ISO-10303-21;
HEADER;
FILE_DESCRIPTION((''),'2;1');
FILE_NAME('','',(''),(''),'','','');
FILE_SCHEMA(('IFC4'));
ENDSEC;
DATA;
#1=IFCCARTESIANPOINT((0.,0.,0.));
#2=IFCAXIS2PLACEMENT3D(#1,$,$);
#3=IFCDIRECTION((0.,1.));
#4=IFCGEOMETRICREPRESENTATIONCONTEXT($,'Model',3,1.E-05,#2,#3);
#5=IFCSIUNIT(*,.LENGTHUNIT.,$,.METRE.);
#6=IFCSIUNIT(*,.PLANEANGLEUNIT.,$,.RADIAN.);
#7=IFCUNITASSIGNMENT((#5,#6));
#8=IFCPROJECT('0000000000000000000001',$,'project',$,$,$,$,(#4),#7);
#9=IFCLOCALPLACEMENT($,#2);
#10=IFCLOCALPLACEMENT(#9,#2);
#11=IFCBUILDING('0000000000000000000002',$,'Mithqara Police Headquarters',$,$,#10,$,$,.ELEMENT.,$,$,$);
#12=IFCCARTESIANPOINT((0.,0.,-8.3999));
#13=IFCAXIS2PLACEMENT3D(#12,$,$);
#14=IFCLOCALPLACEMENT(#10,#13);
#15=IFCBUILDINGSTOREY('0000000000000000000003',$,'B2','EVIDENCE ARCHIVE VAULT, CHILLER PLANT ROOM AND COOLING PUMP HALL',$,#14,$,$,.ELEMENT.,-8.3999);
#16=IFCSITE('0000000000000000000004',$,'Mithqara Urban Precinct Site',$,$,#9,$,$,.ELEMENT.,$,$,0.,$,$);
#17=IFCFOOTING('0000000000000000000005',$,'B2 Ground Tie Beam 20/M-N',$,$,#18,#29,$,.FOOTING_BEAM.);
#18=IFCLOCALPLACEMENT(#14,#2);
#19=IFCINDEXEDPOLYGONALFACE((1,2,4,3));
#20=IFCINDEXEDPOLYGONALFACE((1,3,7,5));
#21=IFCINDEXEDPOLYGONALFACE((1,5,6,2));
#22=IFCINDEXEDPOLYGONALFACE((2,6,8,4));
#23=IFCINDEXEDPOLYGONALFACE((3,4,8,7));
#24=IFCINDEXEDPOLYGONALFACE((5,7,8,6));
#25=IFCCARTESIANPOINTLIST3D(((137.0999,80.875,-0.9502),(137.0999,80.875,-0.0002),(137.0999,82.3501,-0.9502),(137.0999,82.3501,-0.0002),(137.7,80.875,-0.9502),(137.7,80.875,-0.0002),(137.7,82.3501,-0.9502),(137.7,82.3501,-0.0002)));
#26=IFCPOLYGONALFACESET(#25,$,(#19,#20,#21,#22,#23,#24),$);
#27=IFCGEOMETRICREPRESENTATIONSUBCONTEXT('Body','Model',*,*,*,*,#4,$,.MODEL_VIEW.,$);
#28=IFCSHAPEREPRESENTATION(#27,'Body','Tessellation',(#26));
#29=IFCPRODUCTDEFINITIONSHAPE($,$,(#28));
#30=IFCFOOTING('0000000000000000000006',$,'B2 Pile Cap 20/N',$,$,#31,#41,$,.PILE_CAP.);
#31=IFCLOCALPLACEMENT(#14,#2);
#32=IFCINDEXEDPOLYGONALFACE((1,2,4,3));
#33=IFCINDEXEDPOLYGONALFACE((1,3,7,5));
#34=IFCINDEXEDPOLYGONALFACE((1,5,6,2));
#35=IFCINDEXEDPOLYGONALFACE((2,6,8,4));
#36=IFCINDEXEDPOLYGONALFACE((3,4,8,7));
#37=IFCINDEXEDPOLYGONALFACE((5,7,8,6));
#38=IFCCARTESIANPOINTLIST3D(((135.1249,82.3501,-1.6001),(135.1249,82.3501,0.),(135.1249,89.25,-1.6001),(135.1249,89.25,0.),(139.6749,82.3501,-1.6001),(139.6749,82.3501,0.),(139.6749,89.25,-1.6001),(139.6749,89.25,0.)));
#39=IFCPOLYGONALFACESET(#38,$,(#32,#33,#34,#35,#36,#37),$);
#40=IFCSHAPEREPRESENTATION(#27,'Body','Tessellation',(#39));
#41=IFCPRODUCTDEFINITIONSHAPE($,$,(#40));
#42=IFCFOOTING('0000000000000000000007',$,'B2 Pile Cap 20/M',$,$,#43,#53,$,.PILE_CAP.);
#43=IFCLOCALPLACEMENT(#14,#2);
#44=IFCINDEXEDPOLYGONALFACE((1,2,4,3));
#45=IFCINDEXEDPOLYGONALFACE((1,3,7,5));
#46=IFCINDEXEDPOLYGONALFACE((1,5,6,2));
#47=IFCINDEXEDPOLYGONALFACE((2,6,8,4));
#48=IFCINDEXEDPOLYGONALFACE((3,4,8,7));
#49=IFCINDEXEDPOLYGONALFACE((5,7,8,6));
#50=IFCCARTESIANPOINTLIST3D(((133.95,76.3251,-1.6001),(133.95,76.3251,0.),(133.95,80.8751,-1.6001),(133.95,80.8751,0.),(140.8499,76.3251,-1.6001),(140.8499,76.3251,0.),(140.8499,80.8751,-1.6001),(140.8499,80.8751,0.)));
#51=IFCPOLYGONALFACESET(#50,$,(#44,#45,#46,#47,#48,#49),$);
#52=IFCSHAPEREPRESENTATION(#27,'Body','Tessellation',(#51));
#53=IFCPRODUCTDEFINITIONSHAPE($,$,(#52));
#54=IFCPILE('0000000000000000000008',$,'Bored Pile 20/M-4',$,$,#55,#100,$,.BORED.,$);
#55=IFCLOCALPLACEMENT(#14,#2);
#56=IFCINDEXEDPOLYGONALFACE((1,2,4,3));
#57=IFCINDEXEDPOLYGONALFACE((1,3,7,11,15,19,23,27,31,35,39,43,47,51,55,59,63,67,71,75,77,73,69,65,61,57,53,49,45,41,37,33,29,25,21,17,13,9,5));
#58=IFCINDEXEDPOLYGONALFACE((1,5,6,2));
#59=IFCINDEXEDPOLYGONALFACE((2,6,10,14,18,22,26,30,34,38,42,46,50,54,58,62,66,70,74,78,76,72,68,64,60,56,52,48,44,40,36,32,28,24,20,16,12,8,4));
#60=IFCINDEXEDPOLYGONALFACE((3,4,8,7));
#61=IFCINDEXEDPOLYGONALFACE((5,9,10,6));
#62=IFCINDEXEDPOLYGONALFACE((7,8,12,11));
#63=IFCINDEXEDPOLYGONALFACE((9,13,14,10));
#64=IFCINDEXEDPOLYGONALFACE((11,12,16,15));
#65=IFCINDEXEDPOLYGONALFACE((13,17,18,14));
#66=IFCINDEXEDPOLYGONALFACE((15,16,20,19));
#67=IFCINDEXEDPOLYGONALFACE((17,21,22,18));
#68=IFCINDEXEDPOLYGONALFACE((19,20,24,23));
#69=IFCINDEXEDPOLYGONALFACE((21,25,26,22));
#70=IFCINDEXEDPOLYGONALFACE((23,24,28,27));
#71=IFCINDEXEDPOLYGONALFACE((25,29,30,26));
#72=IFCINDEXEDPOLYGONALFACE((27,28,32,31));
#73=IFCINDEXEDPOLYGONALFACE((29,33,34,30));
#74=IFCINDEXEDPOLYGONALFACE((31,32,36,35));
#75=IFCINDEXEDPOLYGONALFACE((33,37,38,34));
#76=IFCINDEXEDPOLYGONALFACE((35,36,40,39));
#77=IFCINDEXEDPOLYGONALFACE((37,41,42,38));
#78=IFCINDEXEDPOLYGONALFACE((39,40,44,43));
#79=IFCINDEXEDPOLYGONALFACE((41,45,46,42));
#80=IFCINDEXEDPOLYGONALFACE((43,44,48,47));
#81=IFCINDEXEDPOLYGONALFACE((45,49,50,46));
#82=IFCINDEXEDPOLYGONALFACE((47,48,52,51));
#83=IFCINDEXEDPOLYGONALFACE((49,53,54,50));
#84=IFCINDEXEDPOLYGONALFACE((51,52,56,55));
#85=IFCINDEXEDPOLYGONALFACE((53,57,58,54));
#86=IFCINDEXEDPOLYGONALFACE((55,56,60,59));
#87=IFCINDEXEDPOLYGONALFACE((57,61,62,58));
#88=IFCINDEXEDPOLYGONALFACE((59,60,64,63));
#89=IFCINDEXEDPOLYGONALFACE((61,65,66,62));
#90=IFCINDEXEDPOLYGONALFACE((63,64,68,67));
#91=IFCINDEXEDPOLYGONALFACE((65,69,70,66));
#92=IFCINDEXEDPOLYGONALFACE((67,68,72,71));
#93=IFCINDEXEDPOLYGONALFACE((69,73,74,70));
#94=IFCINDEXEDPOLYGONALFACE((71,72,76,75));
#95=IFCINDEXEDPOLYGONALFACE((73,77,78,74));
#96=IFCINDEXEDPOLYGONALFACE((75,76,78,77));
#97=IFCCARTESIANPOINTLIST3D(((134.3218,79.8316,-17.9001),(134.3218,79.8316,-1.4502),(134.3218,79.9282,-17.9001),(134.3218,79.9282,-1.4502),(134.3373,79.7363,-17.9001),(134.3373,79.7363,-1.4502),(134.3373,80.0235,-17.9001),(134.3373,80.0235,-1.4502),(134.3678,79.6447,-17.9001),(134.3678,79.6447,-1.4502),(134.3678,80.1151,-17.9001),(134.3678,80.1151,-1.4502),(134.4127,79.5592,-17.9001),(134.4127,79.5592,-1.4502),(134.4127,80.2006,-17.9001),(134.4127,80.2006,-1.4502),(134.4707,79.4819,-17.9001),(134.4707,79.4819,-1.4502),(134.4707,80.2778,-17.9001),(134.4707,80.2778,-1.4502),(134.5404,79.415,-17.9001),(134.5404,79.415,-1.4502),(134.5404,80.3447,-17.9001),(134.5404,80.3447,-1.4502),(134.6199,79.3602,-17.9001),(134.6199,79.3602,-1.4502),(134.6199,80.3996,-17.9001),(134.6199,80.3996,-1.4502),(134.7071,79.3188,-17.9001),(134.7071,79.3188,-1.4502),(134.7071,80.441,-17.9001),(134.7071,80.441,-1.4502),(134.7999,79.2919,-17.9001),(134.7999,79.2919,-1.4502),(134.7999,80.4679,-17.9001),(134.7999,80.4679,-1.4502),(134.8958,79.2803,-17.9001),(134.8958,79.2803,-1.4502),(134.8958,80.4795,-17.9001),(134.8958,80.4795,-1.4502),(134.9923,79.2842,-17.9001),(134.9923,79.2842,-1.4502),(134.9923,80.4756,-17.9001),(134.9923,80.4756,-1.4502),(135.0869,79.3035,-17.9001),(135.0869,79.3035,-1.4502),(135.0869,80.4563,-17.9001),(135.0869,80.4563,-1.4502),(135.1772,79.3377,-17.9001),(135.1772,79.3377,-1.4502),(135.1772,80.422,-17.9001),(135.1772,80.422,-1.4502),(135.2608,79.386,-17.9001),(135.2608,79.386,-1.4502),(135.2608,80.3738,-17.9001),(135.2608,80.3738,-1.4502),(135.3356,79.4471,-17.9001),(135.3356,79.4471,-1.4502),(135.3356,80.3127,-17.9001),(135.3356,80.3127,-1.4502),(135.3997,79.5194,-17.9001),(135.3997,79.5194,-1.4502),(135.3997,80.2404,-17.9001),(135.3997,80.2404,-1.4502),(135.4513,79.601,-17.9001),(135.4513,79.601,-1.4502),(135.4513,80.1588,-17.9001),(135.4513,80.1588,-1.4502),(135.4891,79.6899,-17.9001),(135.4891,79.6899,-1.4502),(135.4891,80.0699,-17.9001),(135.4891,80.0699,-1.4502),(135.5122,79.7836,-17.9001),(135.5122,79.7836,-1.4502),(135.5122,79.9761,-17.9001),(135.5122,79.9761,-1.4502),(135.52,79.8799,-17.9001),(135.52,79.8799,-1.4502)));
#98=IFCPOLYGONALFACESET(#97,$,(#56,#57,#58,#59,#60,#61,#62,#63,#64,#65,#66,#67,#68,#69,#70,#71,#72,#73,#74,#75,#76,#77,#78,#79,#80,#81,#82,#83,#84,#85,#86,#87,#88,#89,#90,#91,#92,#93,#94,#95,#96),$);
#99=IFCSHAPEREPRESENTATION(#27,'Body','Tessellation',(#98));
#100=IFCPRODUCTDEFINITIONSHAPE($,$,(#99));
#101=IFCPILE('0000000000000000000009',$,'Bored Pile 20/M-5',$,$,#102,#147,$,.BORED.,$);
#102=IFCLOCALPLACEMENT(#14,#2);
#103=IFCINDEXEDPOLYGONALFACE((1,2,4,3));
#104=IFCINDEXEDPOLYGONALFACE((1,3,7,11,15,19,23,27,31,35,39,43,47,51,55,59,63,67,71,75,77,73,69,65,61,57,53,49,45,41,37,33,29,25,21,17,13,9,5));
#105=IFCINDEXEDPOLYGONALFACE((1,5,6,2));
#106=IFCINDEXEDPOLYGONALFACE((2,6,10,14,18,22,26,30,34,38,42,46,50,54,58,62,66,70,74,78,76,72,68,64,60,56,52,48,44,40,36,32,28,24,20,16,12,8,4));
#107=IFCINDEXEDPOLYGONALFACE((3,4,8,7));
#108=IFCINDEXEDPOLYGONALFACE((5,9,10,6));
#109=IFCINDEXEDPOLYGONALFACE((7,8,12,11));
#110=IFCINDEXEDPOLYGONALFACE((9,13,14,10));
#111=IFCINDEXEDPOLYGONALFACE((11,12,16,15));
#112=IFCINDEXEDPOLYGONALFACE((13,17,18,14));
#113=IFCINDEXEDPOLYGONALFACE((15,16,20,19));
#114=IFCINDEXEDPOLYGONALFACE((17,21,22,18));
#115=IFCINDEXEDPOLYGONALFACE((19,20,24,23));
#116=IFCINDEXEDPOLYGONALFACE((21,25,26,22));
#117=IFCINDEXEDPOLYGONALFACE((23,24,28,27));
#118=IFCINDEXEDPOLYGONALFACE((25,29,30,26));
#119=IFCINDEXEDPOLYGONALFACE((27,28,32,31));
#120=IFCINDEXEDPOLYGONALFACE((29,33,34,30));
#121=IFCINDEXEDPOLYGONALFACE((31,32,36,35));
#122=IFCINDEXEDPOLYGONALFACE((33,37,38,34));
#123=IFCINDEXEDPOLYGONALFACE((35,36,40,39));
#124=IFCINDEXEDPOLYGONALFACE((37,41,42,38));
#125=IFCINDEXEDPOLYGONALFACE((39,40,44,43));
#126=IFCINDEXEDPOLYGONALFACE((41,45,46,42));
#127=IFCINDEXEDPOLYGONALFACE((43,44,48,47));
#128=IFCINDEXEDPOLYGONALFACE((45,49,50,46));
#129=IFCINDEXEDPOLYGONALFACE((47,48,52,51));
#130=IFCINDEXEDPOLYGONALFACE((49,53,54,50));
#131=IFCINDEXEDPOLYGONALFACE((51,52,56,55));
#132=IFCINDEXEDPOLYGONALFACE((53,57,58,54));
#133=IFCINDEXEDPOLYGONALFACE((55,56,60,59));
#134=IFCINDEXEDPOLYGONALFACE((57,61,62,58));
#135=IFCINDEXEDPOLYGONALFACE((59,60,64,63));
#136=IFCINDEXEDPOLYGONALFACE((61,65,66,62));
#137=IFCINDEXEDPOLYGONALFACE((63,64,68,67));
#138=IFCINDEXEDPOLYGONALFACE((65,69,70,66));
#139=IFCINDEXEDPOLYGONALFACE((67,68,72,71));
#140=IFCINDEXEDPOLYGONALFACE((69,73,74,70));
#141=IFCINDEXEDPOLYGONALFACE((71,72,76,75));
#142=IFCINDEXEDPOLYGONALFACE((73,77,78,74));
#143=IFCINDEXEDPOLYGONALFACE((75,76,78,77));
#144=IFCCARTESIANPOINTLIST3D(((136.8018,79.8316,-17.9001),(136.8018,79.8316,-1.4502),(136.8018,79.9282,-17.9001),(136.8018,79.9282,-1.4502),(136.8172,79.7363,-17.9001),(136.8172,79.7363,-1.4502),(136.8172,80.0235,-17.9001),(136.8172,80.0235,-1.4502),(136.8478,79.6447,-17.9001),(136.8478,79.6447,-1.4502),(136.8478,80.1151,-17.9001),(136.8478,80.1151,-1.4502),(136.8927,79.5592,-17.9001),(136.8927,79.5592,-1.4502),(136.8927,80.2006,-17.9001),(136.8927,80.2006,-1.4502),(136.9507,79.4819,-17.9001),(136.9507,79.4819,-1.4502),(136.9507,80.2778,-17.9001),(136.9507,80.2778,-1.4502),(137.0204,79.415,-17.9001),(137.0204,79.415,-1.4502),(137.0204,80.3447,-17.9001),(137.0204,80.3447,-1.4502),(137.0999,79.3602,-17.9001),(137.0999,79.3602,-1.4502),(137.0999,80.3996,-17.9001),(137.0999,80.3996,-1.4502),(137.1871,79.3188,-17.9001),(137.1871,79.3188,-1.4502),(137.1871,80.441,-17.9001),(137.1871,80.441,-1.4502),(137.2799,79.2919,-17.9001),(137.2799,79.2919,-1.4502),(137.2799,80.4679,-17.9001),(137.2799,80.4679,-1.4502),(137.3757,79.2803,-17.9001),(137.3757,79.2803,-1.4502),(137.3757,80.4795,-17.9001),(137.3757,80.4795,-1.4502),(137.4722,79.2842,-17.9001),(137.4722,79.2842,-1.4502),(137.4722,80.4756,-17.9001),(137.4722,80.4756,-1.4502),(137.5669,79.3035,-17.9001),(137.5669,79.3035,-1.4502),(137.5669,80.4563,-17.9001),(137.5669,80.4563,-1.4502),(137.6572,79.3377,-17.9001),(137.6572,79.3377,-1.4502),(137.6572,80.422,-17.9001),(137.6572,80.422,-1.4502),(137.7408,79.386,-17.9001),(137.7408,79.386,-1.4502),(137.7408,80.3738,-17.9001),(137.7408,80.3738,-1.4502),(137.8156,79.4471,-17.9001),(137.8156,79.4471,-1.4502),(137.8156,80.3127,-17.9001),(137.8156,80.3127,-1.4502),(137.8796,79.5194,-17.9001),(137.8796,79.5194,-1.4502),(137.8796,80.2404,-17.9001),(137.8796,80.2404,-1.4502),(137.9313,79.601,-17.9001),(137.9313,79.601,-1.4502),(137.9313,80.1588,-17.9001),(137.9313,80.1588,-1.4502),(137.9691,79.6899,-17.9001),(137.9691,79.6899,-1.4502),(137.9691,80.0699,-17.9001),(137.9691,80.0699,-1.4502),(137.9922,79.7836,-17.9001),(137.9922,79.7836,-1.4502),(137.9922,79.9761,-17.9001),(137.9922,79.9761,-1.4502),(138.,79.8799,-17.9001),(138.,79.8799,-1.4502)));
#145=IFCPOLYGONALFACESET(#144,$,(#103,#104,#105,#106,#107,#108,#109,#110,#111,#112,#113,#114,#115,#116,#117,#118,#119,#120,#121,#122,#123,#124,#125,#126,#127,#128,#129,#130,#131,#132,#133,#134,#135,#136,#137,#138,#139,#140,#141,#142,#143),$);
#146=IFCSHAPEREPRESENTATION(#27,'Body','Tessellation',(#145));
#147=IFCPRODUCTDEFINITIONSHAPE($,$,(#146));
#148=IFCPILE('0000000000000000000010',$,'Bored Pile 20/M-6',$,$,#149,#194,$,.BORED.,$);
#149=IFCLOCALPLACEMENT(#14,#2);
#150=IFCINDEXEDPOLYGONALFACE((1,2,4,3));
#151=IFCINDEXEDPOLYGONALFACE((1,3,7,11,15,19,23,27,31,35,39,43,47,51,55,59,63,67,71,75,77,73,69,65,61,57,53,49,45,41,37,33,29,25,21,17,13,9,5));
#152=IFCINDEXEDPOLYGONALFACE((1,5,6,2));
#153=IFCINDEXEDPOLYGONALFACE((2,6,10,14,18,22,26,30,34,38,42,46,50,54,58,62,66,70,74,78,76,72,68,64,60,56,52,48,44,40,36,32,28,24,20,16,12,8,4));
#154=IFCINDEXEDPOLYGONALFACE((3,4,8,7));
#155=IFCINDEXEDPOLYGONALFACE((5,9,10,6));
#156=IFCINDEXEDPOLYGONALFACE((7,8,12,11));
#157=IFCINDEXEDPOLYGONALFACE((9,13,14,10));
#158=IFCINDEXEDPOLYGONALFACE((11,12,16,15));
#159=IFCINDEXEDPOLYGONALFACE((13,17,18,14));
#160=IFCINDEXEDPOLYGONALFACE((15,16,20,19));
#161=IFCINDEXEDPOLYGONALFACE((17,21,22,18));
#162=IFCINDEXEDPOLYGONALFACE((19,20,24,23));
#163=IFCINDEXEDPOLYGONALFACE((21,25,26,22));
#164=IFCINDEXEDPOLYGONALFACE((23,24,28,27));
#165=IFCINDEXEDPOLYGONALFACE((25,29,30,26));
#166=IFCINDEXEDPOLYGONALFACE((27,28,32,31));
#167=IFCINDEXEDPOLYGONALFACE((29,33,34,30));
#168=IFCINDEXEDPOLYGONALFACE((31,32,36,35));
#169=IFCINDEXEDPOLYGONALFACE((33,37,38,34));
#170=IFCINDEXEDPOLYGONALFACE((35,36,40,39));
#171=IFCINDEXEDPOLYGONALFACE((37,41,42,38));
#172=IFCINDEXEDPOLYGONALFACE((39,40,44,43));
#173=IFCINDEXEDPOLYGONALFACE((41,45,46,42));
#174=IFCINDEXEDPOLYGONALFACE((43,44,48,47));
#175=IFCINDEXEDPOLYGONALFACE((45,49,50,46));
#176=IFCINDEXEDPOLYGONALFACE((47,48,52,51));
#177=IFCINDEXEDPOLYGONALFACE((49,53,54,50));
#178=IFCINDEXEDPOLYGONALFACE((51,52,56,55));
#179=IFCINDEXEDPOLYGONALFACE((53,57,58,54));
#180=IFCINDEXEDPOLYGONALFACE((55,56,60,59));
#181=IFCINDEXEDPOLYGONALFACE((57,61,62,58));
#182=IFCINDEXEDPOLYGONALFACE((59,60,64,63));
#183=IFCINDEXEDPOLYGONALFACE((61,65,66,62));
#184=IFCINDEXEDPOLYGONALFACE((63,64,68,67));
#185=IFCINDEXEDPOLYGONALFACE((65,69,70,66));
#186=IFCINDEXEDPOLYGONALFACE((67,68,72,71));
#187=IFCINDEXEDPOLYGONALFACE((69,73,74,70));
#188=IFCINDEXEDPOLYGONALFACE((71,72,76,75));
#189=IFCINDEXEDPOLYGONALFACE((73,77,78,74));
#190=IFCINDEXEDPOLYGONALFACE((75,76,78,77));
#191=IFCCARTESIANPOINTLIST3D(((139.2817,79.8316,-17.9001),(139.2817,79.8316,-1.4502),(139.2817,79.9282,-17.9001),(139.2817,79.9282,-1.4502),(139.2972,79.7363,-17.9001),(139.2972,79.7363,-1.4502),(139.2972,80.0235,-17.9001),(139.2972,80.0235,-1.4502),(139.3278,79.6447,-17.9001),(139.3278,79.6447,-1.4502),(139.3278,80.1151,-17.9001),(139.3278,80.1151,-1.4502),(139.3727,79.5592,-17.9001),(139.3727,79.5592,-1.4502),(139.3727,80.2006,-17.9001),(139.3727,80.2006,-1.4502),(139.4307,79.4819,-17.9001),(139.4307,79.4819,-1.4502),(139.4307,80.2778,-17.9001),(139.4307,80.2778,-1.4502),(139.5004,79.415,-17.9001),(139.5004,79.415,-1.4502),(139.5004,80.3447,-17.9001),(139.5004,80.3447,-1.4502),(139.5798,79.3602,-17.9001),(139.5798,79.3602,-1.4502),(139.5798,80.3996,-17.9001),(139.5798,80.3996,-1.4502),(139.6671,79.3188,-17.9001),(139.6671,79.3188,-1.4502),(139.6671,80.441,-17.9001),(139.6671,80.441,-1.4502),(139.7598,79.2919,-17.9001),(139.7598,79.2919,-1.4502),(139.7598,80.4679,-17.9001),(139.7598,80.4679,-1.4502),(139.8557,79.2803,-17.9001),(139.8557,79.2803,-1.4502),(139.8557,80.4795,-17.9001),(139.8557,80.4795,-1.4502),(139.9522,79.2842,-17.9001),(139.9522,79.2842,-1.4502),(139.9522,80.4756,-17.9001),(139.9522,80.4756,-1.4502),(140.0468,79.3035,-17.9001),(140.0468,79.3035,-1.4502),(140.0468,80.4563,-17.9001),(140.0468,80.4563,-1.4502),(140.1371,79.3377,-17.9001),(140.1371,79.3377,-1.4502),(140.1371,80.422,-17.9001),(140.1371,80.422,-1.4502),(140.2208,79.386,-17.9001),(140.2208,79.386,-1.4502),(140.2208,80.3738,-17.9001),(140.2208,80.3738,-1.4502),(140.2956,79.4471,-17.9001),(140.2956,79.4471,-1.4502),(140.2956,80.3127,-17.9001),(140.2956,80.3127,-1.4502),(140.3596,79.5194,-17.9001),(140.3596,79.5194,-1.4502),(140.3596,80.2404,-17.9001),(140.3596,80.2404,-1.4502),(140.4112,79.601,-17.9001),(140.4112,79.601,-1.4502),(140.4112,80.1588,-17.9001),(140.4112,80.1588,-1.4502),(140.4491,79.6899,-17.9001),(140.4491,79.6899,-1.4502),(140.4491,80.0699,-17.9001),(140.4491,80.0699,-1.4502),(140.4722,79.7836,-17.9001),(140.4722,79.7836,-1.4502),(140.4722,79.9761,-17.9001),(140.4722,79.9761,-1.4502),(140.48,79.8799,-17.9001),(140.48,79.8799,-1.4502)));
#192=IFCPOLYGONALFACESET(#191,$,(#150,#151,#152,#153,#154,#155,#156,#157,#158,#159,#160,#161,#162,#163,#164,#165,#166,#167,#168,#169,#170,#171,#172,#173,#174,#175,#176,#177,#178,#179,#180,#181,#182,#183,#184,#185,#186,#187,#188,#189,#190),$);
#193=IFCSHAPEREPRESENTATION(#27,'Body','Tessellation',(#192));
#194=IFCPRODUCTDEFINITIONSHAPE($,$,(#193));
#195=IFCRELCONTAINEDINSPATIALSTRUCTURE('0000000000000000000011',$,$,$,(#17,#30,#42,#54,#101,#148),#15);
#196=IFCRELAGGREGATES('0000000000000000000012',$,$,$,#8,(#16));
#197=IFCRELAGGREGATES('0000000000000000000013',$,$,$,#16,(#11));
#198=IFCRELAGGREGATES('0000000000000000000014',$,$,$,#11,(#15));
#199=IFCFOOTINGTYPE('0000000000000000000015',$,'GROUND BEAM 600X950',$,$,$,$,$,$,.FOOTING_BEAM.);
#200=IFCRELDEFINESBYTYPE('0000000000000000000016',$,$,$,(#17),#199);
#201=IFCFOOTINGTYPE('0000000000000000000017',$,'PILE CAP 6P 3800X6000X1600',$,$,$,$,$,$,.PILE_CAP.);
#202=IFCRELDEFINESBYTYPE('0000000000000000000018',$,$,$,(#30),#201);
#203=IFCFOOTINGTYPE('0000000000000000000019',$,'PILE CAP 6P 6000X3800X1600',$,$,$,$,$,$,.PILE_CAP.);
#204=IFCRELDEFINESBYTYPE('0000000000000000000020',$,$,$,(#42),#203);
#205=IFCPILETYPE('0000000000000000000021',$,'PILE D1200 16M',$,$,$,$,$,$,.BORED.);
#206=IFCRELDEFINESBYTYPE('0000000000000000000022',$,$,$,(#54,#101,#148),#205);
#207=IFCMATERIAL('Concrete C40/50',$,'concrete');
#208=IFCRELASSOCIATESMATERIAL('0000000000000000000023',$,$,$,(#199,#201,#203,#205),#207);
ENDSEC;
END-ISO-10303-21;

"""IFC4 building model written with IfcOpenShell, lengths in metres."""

from ifc_helpers import new_model, si_unit, direction, frame, origin, origin_2d, place, context, subcontext, project, spatial, rectangle, circle, extrude, material, material_profile, profile_set, type_object, element, save


model = new_model("IFC4")

# Units and contexts
model_context = context("Model", 3, precision=1e-05, world=origin(), true_north=direction((0.0, 1.0)))
body_context = subcontext(model_context, "Body", "Model", "MODEL_VIEW")
ifc_project = project(units=[si_unit("LENGTHUNIT", "METRE"), si_unit("PLANEANGLEUNIT", "RADIAN")], contexts=[model_context])

# Site, building, storey
site_placement = place(None, origin())
site = spatial("IfcSite", under=ifc_project, at=site_placement, Name="Mithqara Urban Precinct Site", CompositionType="ELEMENT", RefElevation=0.0)
building_placement = place(site_placement, origin())
building = spatial("IfcBuilding", under=site, at=building_placement, Name="Mithqara Police Headquarters", CompositionType="ELEMENT")
storey_placement = place(building_placement, frame((0.0, 0.0, -8.3999)))
storey = spatial("IfcBuildingStorey", under=building, at=storey_placement, Name="B2", Description="EVIDENCE ARCHIVE VAULT, CHILLER PLANT ROOM AND COOLING PUMP HALL", CompositionType="ELEMENT", Elevation=-8.3999)

# Footings
ifc_material_1 = material(Name="Concrete C40/50", Category="concrete")
footing_type_1 = type_object("IfcFootingType", Name="GROUND BEAM 600X950", PredefinedType="FOOTING_BEAM", material=ifc_material_1)
footing_1_placement = place(storey_placement, frame((137.3999, 81.6125, -0.9502), z_axis=(0.0, 0.0, 1.0), x_axis=(1.0, 0.0, 0.0)))
element("IfcFooting", 1, at=footing_1_placement, inside=storey, type_object=footing_type_1, Name="B2 Ground Tie Beam 20/M-N", PredefinedType="FOOTING_BEAM", context=body_context, shape_type="SweptSolid", body=[
    extrude(rectangle(XDim=0.6001, YDim=1.4751, at=origin_2d()), origin(), (0.0, 0.0, 1.0), 0.95),
])
footing_type_2 = type_object("IfcFootingType", Name="PILE CAP 6P 3800X6000X1600", PredefinedType="PILE_CAP", material=ifc_material_1)
footing_2_placement = place(storey_placement, frame((137.3999, 85.8, -1.6001), z_axis=(0.0, 0.0, 1.0), x_axis=(1.0, 0.0, 0.0)))
element("IfcFooting", 2, at=footing_2_placement, inside=storey, type_object=footing_type_2, Name="B2 Pile Cap 20/N", PredefinedType="PILE_CAP", context=body_context, shape_type="SweptSolid", body=[
    extrude(rectangle(XDim=4.55, YDim=6.8999, at=origin_2d()), origin(), (0.0, 0.0, 1.0), 1.6001),
])
footing_type_3 = type_object("IfcFootingType", Name="PILE CAP 6P 6000X3800X1600", PredefinedType="PILE_CAP", material=ifc_material_1)
footing_3_placement = place(storey_placement, frame((137.3999, 78.6001, -1.6001), z_axis=(0.0, 0.0, 1.0), x_axis=(1.0, 0.0, 0.0)))
element("IfcFooting", 3, at=footing_3_placement, inside=storey, type_object=footing_type_3, Name="B2 Pile Cap 20/M", PredefinedType="PILE_CAP", context=body_context, shape_type="SweptSolid", body=[
    extrude(rectangle(XDim=6.8999, YDim=4.55, at=origin_2d()), origin(), (0.0, 0.0, 1.0), 1.6001),
])

# Piles
ifc_material_profile_1 = material_profile(ifc_material_1, circle(Radius=0.6001, at=origin_2d()), Name="PILE D1200")
ifc_profile_set_1 = profile_set([ifc_material_profile_1], Name="Concrete C40/50")
pile_type = type_object("IfcPileType", Name="PILE D1200 16M", PredefinedType="BORED", material=ifc_profile_set_1)
for number, where, z_axis, x_axis, name in (
    (4, (134.9199, 79.8799, -1.4502), (0.0, 0.0, -1.0), (1.0, 0.0, 0.0), "Bored Pile 20/M-4"),
    (5, (137.3999, 79.8799, -1.4502), (0.0, 0.0, -1.0), (1.0, 0.0, 0.0), "Bored Pile 20/M-5"),
    (6, (139.8799, 79.8799, -1.4502), (0.0, 0.0, -1.0), (1.0, 0.0, 0.0), "Bored Pile 20/M-6"),
):
    element("IfcPile", number, at=place(storey_placement, frame(where, z_axis=z_axis, x_axis=x_axis)), inside=storey, type_object=pile_type, Name=name, PredefinedType="BORED", context=body_context, shape_type="SweptSolid", body=[
        extrude(circle(Radius=0.6001, at=origin_2d()), origin(), (0.0, 0.0, 1.0), 16.45),
    ])

save(model, "model.ifc")
